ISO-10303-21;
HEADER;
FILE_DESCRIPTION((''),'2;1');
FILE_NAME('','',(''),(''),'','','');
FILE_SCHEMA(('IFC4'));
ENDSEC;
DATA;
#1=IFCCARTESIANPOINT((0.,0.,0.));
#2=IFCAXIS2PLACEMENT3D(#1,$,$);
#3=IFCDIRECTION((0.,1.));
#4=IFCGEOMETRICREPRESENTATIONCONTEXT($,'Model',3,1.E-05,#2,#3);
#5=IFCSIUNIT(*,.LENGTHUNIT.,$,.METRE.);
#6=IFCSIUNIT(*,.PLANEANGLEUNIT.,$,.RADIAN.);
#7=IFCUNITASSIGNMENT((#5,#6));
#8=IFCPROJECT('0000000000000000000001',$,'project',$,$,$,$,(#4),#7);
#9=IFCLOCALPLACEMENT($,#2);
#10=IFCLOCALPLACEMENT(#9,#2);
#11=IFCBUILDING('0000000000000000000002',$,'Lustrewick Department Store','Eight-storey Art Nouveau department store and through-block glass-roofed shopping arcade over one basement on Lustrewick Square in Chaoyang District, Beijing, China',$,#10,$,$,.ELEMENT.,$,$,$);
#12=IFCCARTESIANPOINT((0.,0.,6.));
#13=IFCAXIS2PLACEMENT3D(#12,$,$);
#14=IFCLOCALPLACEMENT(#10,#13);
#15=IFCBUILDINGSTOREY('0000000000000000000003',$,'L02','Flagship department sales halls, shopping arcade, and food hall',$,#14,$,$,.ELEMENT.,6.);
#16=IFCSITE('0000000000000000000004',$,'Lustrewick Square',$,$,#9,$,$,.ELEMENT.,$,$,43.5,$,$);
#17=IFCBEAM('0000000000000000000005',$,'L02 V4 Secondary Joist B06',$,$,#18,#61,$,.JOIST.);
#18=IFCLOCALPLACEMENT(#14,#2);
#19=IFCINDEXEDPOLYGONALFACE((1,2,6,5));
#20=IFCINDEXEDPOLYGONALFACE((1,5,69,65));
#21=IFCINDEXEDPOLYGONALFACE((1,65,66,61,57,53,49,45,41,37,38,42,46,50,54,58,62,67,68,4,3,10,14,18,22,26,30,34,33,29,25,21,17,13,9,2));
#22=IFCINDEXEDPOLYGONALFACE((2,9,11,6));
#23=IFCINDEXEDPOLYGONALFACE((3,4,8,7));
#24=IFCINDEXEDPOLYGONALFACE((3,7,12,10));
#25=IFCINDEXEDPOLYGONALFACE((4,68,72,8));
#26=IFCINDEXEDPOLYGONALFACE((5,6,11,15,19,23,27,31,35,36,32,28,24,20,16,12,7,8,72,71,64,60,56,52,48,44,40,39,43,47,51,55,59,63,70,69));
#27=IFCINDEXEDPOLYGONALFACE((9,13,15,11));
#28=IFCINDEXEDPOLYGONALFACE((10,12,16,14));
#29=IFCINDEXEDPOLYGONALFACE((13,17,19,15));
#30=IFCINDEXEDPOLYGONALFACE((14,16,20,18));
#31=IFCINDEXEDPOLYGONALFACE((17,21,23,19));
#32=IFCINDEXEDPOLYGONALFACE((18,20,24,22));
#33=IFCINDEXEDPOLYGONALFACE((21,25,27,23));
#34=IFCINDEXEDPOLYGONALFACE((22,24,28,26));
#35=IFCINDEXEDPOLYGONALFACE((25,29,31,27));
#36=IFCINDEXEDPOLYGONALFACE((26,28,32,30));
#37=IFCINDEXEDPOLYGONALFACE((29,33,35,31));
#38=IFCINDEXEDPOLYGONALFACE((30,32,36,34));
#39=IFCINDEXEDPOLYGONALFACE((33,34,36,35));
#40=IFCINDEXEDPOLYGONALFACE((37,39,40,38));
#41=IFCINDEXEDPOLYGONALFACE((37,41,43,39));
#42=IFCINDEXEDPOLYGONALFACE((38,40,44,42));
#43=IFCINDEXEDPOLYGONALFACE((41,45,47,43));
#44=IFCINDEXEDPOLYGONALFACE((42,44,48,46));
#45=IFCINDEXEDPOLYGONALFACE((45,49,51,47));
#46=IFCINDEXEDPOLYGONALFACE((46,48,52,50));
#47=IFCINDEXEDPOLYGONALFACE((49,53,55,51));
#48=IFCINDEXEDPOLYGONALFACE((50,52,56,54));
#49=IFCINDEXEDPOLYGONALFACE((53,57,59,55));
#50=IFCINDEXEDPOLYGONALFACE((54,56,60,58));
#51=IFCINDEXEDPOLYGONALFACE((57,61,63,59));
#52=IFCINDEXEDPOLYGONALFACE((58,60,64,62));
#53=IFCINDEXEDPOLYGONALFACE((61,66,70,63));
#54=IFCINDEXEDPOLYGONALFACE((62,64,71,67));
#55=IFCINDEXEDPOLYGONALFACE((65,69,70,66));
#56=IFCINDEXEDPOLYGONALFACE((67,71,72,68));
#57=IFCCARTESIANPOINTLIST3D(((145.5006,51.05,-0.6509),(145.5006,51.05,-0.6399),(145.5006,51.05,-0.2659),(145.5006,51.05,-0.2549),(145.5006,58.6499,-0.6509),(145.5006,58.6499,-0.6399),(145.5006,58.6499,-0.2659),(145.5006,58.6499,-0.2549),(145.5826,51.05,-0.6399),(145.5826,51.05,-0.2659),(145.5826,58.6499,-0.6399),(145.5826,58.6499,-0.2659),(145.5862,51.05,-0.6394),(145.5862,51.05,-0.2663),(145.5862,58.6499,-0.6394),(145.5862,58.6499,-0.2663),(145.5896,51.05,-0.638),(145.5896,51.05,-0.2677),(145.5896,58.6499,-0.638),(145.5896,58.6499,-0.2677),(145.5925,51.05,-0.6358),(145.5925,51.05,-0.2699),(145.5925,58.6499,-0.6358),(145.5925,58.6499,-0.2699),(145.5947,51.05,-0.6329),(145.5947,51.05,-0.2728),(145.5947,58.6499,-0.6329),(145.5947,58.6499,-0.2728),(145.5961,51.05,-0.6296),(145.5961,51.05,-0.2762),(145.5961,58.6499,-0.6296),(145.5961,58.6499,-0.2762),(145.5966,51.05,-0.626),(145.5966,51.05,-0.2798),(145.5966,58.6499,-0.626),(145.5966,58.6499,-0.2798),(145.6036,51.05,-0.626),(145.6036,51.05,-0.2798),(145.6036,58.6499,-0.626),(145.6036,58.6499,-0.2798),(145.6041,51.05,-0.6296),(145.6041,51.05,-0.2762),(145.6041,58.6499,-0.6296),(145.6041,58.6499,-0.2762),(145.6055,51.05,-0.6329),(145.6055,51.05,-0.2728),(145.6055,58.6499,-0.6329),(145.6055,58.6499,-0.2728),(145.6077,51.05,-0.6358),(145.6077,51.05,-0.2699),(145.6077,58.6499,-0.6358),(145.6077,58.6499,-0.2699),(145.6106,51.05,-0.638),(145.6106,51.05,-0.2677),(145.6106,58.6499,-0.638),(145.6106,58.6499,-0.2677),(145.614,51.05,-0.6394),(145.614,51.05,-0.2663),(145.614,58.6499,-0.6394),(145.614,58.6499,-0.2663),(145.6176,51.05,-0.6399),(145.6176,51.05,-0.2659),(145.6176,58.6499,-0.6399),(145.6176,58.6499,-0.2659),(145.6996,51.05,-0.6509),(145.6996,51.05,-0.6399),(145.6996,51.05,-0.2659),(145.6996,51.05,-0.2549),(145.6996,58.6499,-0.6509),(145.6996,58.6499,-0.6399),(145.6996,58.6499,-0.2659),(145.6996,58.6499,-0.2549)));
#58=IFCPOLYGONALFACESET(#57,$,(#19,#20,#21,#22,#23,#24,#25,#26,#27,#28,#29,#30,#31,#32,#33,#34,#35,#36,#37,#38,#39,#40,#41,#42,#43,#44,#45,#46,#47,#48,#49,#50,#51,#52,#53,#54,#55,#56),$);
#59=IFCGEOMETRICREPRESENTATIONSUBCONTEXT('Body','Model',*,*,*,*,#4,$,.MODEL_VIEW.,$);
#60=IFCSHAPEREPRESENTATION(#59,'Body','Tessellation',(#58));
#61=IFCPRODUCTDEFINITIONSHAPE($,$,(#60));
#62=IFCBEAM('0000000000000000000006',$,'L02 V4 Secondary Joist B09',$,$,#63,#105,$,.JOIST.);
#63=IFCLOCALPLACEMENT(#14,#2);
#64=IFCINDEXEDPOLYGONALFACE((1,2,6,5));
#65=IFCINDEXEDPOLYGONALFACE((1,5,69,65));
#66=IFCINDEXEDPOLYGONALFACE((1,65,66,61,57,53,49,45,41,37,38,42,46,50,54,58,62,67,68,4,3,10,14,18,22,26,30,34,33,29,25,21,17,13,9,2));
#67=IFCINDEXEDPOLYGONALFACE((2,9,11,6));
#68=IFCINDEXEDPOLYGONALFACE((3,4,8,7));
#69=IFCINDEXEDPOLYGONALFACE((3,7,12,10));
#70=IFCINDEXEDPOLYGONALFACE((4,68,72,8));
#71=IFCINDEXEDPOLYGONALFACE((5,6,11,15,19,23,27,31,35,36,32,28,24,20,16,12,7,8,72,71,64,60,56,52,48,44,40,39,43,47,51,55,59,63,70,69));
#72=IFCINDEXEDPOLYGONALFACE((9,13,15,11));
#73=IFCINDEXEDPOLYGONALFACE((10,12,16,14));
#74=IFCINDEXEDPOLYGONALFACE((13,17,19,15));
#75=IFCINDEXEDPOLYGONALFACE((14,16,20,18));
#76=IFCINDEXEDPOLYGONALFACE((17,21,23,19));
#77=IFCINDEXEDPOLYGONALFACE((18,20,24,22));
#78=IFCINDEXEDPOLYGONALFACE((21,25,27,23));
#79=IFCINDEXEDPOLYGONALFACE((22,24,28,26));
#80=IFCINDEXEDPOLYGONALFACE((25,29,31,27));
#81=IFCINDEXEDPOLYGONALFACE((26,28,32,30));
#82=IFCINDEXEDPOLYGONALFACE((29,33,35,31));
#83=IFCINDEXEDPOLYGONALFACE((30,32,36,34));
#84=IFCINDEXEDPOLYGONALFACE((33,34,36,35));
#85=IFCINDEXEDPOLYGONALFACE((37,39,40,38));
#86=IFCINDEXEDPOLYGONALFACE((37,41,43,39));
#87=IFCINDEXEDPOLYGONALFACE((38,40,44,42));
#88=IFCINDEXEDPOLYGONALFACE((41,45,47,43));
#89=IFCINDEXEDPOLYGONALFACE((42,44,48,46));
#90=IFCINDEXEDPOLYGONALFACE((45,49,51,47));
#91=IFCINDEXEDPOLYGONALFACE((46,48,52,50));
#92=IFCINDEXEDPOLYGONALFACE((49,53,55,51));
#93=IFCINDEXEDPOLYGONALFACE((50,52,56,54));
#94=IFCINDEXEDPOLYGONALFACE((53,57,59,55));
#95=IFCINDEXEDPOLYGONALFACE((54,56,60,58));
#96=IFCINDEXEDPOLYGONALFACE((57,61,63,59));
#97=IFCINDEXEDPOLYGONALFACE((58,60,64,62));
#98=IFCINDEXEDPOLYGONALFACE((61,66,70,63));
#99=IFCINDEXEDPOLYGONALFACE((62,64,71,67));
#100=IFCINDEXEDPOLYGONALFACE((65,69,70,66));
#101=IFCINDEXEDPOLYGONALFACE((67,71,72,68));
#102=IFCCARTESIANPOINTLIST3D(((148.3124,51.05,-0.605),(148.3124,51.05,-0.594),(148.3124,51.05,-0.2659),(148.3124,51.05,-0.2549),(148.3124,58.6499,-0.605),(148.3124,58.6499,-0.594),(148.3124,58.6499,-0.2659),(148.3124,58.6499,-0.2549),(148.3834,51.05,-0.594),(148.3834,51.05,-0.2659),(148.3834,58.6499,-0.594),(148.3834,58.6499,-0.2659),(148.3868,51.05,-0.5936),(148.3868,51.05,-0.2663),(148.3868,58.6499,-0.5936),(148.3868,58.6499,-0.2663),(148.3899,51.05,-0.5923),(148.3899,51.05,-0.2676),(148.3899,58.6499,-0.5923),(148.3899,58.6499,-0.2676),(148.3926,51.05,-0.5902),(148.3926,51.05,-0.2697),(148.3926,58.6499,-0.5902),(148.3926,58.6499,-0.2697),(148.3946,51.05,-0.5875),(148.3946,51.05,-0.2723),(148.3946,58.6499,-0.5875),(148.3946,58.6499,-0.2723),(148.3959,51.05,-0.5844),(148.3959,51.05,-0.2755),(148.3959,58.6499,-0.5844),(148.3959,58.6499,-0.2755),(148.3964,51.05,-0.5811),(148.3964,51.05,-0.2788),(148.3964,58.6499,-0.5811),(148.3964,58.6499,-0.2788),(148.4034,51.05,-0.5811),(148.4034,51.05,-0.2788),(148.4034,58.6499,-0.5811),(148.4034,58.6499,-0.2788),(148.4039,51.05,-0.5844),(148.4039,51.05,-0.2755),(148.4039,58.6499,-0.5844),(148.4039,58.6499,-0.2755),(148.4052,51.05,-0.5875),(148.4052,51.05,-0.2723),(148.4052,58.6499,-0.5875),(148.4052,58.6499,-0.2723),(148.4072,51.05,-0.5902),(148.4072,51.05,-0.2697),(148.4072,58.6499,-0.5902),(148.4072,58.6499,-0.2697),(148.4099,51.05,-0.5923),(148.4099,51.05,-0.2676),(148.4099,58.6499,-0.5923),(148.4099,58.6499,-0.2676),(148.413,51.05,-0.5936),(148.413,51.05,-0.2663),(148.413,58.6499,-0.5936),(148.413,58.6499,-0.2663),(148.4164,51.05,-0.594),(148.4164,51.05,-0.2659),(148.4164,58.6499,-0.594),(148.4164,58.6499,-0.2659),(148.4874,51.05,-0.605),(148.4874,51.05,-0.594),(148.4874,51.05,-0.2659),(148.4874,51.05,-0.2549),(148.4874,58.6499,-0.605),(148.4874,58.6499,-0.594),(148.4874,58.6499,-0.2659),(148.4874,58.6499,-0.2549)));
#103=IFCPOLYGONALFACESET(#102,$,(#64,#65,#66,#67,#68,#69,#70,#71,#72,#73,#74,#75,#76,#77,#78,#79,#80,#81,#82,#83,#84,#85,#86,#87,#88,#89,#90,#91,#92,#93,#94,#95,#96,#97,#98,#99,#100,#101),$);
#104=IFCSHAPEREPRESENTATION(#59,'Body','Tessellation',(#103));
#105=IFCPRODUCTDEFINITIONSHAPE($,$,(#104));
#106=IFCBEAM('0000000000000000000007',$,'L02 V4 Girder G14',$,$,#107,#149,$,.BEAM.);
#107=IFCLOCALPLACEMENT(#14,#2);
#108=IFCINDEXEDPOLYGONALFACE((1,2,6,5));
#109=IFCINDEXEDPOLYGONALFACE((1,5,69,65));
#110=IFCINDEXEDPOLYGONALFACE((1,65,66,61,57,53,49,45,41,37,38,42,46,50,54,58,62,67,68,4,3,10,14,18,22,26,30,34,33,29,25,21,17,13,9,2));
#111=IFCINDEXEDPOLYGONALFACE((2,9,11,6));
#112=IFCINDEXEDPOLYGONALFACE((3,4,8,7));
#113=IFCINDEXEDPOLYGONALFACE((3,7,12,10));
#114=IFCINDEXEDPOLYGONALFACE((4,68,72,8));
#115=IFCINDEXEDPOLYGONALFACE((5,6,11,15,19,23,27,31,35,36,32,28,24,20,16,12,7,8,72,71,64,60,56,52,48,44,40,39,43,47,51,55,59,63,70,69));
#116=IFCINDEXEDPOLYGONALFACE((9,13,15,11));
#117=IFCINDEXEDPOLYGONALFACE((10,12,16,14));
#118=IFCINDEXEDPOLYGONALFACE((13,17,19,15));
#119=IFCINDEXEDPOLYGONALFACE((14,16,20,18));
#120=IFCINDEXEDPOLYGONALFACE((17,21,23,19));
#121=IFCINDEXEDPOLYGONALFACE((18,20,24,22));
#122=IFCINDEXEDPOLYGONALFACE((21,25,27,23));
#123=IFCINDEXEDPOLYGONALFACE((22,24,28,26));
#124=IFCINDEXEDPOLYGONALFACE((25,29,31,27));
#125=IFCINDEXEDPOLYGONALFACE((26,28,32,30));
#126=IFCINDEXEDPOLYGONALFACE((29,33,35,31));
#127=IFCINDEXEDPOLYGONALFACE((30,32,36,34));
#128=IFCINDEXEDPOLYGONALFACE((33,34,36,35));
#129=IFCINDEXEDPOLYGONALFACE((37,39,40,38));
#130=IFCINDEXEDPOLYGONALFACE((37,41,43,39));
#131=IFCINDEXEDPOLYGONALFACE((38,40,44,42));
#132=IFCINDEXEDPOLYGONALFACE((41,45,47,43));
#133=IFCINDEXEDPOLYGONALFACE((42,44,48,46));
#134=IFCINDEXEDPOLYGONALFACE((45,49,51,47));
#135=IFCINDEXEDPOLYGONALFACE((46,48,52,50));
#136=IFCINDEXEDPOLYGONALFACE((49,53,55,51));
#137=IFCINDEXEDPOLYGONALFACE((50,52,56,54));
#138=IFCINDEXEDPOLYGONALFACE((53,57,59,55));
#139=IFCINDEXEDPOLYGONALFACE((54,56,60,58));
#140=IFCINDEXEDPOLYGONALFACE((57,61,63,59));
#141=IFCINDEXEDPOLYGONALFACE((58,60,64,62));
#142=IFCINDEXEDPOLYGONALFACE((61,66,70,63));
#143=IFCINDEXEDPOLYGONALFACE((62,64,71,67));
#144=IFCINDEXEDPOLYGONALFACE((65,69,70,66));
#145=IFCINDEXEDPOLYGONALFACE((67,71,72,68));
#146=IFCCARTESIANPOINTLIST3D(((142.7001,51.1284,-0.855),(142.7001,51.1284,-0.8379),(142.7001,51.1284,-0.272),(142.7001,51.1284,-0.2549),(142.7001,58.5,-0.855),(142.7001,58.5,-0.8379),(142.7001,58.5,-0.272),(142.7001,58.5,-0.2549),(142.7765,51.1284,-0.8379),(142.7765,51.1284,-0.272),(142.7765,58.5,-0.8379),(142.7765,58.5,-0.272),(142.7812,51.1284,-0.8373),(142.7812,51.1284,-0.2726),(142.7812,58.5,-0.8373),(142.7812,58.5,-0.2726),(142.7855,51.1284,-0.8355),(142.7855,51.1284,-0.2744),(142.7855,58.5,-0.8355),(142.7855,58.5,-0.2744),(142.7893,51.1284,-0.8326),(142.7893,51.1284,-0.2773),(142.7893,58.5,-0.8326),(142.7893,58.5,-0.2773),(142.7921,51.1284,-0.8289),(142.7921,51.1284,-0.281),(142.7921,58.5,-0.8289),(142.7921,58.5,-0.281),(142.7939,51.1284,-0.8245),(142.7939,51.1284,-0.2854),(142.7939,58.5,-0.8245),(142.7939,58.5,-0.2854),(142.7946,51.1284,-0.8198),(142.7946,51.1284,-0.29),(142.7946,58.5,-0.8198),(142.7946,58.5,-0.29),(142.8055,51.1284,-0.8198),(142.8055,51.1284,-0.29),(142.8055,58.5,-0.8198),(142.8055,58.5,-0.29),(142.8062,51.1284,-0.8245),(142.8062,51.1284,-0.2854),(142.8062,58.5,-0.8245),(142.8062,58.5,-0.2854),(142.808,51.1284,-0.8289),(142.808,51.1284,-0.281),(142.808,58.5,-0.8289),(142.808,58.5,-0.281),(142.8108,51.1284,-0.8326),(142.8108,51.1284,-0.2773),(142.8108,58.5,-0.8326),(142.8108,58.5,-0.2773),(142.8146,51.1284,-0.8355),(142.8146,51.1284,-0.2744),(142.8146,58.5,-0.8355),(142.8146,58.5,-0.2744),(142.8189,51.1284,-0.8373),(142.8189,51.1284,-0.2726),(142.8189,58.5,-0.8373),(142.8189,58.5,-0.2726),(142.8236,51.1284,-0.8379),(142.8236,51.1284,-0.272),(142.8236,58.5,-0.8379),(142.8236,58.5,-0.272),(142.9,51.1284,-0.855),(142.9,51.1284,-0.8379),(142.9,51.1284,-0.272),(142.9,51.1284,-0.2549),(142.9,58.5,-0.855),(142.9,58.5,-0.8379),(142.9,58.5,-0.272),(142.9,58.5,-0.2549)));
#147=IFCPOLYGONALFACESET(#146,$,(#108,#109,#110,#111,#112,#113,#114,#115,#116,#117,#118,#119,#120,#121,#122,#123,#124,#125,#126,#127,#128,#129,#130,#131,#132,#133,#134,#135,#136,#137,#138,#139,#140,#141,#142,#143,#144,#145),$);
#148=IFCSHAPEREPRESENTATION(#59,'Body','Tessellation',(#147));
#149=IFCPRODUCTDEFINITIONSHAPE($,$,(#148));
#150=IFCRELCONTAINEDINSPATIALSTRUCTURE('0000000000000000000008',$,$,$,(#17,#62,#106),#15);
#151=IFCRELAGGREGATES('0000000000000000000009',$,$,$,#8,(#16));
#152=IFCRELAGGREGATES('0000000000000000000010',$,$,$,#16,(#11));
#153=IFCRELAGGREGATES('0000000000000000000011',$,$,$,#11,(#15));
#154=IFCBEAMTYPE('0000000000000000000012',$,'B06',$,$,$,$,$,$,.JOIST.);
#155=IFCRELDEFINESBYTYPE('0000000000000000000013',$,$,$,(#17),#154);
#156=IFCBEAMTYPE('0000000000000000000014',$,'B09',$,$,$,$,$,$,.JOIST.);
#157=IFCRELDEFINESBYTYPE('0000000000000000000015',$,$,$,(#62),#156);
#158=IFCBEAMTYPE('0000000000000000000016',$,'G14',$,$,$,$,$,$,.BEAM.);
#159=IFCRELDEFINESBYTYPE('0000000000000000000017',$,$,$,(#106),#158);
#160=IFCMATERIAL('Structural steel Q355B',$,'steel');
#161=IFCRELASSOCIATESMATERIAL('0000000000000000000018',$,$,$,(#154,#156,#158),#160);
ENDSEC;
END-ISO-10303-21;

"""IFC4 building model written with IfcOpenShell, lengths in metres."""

from ifc_helpers import new_model, si_unit, direction, frame, origin, origin_2d, place, context, subcontext, project, spatial, i_section, extrude, material, material_profile, profile_set, type_object, element, save


model = new_model("IFC4")

# Units and contexts
model_context = context("Model", 3, precision=1e-05, world=origin(), true_north=direction((0.0, 1.0)))
body_context = subcontext(model_context, "Body", "Model", "MODEL_VIEW")
ifc_project = project(units=[si_unit("LENGTHUNIT", "METRE"), si_unit("PLANEANGLEUNIT", "RADIAN")], contexts=[model_context])

# Site, building, storey
site_placement = place(None, origin())
site = spatial("IfcSite", under=ifc_project, at=site_placement, Name="Lustrewick Square", CompositionType="ELEMENT", RefElevation=43.5)
building_placement = place(site_placement, origin())
building = spatial("IfcBuilding", under=site, at=building_placement, Name="Lustrewick Department Store", Description="Eight-storey Art Nouveau department store and through-block glass-roofed shopping arcade over one basement on Lustrewick Square in Chaoyang District, Beijing, China", CompositionType="ELEMENT")
storey_placement = place(building_placement, frame((0.0, 0.0, 6.0)))
storey = spatial("IfcBuildingStorey", under=building, at=storey_placement, Name="L02", Description="Flagship department sales halls, shopping arcade, and food hall", CompositionType="ELEMENT", Elevation=6.0)

# Shared definitions
ifc_material_1 = material(Name="Structural steel Q355B", Category="steel")

# Beams
ifc_material_profile_1 = material_profile(ifc_material_1, i_section(OverallWidth=0.199, OverallDepth=0.396, WebThickness=0.0071, FlangeThickness=0.011, FilletRadius=0.0139, at=origin_2d()), Name="HN 396x199x7x11")
ifc_profile_set_1 = profile_set([ifc_material_profile_1], Name="Structural steel Q355B")
beam_type_1 = type_object("IfcBeamType", Name="B06", PredefinedType="JOIST", material=ifc_profile_set_1)
beam_1_placement = place(storey_placement, frame((145.6001, 51.05, -0.4529), z_axis=(0.0, 1.0, 0.0), x_axis=(-1.0, 0.0, 0.0)))
element("IfcBeam", 1, at=beam_1_placement, inside=storey, type_object=beam_type_1, Name="L02 V4 Secondary Joist B06", PredefinedType="JOIST", context=body_context, shape_type="SweptSolid", body=[
    extrude(i_section(OverallWidth=0.199, OverallDepth=0.396, WebThickness=0.0071, FlangeThickness=0.011, FilletRadius=0.0139, at=origin_2d()), origin(), (0.0, 0.0, 1.0), 7.5999),
])
ifc_material_profile_2 = material_profile(ifc_material_1, i_section(OverallWidth=0.175, OverallDepth=0.3501, WebThickness=0.0071, FlangeThickness=0.011, FilletRadius=0.0129, at=origin_2d()), Name="HN 350x175x7x11")
ifc_profile_set_2 = profile_set([ifc_material_profile_2], Name="Structural steel Q355B")
beam_type_2 = type_object("IfcBeamType", Name="B09", PredefinedType="JOIST", material=ifc_profile_set_2)
beam_2_placement = place(storey_placement, frame((148.3999, 51.05, -0.4299), z_axis=(0.0, 1.0, 0.0), x_axis=(-1.0, 0.0, 0.0)))
element("IfcBeam", 2, at=beam_2_placement, inside=storey, type_object=beam_type_2, Name="L02 V4 Secondary Joist B09", PredefinedType="JOIST", context=body_context, shape_type="SweptSolid", body=[
    extrude(i_section(OverallWidth=0.175, OverallDepth=0.3501, WebThickness=0.0071, FlangeThickness=0.011, FilletRadius=0.0129, at=origin_2d()), origin(), (0.0, 0.0, 1.0), 7.5999),
])
ifc_material_profile_3 = material_profile(ifc_material_1, i_section(OverallWidth=0.2, OverallDepth=0.6001, WebThickness=0.011, FlangeThickness=0.0171, FilletRadius=0.0181, at=origin_2d()), Name="HN 600x200x11x17")
ifc_profile_set_3 = profile_set([ifc_material_profile_3], Name="Structural steel Q355B")
beam_type_3 = type_object("IfcBeamType", Name="G14", PredefinedType="BEAM", material=ifc_profile_set_3)
beam_3_placement = place(storey_placement, frame((142.8, 51.1284, -0.5549), z_axis=(0.0, 1.0, 0.0), x_axis=(-1.0, 0.0, 0.0)))
element("IfcBeam", 3, at=beam_3_placement, inside=storey, type_object=beam_type_3, Name="L02 V4 Girder G14", PredefinedType="BEAM", context=body_context, shape_type="SweptSolid", body=[
    extrude(i_section(OverallWidth=0.2, OverallDepth=0.6001, WebThickness=0.011, FlangeThickness=0.0171, FilletRadius=0.0181, at=origin_2d()), origin(), (0.0, 0.0, 1.0), 7.3716),
])

save(model, "model.ifc")
